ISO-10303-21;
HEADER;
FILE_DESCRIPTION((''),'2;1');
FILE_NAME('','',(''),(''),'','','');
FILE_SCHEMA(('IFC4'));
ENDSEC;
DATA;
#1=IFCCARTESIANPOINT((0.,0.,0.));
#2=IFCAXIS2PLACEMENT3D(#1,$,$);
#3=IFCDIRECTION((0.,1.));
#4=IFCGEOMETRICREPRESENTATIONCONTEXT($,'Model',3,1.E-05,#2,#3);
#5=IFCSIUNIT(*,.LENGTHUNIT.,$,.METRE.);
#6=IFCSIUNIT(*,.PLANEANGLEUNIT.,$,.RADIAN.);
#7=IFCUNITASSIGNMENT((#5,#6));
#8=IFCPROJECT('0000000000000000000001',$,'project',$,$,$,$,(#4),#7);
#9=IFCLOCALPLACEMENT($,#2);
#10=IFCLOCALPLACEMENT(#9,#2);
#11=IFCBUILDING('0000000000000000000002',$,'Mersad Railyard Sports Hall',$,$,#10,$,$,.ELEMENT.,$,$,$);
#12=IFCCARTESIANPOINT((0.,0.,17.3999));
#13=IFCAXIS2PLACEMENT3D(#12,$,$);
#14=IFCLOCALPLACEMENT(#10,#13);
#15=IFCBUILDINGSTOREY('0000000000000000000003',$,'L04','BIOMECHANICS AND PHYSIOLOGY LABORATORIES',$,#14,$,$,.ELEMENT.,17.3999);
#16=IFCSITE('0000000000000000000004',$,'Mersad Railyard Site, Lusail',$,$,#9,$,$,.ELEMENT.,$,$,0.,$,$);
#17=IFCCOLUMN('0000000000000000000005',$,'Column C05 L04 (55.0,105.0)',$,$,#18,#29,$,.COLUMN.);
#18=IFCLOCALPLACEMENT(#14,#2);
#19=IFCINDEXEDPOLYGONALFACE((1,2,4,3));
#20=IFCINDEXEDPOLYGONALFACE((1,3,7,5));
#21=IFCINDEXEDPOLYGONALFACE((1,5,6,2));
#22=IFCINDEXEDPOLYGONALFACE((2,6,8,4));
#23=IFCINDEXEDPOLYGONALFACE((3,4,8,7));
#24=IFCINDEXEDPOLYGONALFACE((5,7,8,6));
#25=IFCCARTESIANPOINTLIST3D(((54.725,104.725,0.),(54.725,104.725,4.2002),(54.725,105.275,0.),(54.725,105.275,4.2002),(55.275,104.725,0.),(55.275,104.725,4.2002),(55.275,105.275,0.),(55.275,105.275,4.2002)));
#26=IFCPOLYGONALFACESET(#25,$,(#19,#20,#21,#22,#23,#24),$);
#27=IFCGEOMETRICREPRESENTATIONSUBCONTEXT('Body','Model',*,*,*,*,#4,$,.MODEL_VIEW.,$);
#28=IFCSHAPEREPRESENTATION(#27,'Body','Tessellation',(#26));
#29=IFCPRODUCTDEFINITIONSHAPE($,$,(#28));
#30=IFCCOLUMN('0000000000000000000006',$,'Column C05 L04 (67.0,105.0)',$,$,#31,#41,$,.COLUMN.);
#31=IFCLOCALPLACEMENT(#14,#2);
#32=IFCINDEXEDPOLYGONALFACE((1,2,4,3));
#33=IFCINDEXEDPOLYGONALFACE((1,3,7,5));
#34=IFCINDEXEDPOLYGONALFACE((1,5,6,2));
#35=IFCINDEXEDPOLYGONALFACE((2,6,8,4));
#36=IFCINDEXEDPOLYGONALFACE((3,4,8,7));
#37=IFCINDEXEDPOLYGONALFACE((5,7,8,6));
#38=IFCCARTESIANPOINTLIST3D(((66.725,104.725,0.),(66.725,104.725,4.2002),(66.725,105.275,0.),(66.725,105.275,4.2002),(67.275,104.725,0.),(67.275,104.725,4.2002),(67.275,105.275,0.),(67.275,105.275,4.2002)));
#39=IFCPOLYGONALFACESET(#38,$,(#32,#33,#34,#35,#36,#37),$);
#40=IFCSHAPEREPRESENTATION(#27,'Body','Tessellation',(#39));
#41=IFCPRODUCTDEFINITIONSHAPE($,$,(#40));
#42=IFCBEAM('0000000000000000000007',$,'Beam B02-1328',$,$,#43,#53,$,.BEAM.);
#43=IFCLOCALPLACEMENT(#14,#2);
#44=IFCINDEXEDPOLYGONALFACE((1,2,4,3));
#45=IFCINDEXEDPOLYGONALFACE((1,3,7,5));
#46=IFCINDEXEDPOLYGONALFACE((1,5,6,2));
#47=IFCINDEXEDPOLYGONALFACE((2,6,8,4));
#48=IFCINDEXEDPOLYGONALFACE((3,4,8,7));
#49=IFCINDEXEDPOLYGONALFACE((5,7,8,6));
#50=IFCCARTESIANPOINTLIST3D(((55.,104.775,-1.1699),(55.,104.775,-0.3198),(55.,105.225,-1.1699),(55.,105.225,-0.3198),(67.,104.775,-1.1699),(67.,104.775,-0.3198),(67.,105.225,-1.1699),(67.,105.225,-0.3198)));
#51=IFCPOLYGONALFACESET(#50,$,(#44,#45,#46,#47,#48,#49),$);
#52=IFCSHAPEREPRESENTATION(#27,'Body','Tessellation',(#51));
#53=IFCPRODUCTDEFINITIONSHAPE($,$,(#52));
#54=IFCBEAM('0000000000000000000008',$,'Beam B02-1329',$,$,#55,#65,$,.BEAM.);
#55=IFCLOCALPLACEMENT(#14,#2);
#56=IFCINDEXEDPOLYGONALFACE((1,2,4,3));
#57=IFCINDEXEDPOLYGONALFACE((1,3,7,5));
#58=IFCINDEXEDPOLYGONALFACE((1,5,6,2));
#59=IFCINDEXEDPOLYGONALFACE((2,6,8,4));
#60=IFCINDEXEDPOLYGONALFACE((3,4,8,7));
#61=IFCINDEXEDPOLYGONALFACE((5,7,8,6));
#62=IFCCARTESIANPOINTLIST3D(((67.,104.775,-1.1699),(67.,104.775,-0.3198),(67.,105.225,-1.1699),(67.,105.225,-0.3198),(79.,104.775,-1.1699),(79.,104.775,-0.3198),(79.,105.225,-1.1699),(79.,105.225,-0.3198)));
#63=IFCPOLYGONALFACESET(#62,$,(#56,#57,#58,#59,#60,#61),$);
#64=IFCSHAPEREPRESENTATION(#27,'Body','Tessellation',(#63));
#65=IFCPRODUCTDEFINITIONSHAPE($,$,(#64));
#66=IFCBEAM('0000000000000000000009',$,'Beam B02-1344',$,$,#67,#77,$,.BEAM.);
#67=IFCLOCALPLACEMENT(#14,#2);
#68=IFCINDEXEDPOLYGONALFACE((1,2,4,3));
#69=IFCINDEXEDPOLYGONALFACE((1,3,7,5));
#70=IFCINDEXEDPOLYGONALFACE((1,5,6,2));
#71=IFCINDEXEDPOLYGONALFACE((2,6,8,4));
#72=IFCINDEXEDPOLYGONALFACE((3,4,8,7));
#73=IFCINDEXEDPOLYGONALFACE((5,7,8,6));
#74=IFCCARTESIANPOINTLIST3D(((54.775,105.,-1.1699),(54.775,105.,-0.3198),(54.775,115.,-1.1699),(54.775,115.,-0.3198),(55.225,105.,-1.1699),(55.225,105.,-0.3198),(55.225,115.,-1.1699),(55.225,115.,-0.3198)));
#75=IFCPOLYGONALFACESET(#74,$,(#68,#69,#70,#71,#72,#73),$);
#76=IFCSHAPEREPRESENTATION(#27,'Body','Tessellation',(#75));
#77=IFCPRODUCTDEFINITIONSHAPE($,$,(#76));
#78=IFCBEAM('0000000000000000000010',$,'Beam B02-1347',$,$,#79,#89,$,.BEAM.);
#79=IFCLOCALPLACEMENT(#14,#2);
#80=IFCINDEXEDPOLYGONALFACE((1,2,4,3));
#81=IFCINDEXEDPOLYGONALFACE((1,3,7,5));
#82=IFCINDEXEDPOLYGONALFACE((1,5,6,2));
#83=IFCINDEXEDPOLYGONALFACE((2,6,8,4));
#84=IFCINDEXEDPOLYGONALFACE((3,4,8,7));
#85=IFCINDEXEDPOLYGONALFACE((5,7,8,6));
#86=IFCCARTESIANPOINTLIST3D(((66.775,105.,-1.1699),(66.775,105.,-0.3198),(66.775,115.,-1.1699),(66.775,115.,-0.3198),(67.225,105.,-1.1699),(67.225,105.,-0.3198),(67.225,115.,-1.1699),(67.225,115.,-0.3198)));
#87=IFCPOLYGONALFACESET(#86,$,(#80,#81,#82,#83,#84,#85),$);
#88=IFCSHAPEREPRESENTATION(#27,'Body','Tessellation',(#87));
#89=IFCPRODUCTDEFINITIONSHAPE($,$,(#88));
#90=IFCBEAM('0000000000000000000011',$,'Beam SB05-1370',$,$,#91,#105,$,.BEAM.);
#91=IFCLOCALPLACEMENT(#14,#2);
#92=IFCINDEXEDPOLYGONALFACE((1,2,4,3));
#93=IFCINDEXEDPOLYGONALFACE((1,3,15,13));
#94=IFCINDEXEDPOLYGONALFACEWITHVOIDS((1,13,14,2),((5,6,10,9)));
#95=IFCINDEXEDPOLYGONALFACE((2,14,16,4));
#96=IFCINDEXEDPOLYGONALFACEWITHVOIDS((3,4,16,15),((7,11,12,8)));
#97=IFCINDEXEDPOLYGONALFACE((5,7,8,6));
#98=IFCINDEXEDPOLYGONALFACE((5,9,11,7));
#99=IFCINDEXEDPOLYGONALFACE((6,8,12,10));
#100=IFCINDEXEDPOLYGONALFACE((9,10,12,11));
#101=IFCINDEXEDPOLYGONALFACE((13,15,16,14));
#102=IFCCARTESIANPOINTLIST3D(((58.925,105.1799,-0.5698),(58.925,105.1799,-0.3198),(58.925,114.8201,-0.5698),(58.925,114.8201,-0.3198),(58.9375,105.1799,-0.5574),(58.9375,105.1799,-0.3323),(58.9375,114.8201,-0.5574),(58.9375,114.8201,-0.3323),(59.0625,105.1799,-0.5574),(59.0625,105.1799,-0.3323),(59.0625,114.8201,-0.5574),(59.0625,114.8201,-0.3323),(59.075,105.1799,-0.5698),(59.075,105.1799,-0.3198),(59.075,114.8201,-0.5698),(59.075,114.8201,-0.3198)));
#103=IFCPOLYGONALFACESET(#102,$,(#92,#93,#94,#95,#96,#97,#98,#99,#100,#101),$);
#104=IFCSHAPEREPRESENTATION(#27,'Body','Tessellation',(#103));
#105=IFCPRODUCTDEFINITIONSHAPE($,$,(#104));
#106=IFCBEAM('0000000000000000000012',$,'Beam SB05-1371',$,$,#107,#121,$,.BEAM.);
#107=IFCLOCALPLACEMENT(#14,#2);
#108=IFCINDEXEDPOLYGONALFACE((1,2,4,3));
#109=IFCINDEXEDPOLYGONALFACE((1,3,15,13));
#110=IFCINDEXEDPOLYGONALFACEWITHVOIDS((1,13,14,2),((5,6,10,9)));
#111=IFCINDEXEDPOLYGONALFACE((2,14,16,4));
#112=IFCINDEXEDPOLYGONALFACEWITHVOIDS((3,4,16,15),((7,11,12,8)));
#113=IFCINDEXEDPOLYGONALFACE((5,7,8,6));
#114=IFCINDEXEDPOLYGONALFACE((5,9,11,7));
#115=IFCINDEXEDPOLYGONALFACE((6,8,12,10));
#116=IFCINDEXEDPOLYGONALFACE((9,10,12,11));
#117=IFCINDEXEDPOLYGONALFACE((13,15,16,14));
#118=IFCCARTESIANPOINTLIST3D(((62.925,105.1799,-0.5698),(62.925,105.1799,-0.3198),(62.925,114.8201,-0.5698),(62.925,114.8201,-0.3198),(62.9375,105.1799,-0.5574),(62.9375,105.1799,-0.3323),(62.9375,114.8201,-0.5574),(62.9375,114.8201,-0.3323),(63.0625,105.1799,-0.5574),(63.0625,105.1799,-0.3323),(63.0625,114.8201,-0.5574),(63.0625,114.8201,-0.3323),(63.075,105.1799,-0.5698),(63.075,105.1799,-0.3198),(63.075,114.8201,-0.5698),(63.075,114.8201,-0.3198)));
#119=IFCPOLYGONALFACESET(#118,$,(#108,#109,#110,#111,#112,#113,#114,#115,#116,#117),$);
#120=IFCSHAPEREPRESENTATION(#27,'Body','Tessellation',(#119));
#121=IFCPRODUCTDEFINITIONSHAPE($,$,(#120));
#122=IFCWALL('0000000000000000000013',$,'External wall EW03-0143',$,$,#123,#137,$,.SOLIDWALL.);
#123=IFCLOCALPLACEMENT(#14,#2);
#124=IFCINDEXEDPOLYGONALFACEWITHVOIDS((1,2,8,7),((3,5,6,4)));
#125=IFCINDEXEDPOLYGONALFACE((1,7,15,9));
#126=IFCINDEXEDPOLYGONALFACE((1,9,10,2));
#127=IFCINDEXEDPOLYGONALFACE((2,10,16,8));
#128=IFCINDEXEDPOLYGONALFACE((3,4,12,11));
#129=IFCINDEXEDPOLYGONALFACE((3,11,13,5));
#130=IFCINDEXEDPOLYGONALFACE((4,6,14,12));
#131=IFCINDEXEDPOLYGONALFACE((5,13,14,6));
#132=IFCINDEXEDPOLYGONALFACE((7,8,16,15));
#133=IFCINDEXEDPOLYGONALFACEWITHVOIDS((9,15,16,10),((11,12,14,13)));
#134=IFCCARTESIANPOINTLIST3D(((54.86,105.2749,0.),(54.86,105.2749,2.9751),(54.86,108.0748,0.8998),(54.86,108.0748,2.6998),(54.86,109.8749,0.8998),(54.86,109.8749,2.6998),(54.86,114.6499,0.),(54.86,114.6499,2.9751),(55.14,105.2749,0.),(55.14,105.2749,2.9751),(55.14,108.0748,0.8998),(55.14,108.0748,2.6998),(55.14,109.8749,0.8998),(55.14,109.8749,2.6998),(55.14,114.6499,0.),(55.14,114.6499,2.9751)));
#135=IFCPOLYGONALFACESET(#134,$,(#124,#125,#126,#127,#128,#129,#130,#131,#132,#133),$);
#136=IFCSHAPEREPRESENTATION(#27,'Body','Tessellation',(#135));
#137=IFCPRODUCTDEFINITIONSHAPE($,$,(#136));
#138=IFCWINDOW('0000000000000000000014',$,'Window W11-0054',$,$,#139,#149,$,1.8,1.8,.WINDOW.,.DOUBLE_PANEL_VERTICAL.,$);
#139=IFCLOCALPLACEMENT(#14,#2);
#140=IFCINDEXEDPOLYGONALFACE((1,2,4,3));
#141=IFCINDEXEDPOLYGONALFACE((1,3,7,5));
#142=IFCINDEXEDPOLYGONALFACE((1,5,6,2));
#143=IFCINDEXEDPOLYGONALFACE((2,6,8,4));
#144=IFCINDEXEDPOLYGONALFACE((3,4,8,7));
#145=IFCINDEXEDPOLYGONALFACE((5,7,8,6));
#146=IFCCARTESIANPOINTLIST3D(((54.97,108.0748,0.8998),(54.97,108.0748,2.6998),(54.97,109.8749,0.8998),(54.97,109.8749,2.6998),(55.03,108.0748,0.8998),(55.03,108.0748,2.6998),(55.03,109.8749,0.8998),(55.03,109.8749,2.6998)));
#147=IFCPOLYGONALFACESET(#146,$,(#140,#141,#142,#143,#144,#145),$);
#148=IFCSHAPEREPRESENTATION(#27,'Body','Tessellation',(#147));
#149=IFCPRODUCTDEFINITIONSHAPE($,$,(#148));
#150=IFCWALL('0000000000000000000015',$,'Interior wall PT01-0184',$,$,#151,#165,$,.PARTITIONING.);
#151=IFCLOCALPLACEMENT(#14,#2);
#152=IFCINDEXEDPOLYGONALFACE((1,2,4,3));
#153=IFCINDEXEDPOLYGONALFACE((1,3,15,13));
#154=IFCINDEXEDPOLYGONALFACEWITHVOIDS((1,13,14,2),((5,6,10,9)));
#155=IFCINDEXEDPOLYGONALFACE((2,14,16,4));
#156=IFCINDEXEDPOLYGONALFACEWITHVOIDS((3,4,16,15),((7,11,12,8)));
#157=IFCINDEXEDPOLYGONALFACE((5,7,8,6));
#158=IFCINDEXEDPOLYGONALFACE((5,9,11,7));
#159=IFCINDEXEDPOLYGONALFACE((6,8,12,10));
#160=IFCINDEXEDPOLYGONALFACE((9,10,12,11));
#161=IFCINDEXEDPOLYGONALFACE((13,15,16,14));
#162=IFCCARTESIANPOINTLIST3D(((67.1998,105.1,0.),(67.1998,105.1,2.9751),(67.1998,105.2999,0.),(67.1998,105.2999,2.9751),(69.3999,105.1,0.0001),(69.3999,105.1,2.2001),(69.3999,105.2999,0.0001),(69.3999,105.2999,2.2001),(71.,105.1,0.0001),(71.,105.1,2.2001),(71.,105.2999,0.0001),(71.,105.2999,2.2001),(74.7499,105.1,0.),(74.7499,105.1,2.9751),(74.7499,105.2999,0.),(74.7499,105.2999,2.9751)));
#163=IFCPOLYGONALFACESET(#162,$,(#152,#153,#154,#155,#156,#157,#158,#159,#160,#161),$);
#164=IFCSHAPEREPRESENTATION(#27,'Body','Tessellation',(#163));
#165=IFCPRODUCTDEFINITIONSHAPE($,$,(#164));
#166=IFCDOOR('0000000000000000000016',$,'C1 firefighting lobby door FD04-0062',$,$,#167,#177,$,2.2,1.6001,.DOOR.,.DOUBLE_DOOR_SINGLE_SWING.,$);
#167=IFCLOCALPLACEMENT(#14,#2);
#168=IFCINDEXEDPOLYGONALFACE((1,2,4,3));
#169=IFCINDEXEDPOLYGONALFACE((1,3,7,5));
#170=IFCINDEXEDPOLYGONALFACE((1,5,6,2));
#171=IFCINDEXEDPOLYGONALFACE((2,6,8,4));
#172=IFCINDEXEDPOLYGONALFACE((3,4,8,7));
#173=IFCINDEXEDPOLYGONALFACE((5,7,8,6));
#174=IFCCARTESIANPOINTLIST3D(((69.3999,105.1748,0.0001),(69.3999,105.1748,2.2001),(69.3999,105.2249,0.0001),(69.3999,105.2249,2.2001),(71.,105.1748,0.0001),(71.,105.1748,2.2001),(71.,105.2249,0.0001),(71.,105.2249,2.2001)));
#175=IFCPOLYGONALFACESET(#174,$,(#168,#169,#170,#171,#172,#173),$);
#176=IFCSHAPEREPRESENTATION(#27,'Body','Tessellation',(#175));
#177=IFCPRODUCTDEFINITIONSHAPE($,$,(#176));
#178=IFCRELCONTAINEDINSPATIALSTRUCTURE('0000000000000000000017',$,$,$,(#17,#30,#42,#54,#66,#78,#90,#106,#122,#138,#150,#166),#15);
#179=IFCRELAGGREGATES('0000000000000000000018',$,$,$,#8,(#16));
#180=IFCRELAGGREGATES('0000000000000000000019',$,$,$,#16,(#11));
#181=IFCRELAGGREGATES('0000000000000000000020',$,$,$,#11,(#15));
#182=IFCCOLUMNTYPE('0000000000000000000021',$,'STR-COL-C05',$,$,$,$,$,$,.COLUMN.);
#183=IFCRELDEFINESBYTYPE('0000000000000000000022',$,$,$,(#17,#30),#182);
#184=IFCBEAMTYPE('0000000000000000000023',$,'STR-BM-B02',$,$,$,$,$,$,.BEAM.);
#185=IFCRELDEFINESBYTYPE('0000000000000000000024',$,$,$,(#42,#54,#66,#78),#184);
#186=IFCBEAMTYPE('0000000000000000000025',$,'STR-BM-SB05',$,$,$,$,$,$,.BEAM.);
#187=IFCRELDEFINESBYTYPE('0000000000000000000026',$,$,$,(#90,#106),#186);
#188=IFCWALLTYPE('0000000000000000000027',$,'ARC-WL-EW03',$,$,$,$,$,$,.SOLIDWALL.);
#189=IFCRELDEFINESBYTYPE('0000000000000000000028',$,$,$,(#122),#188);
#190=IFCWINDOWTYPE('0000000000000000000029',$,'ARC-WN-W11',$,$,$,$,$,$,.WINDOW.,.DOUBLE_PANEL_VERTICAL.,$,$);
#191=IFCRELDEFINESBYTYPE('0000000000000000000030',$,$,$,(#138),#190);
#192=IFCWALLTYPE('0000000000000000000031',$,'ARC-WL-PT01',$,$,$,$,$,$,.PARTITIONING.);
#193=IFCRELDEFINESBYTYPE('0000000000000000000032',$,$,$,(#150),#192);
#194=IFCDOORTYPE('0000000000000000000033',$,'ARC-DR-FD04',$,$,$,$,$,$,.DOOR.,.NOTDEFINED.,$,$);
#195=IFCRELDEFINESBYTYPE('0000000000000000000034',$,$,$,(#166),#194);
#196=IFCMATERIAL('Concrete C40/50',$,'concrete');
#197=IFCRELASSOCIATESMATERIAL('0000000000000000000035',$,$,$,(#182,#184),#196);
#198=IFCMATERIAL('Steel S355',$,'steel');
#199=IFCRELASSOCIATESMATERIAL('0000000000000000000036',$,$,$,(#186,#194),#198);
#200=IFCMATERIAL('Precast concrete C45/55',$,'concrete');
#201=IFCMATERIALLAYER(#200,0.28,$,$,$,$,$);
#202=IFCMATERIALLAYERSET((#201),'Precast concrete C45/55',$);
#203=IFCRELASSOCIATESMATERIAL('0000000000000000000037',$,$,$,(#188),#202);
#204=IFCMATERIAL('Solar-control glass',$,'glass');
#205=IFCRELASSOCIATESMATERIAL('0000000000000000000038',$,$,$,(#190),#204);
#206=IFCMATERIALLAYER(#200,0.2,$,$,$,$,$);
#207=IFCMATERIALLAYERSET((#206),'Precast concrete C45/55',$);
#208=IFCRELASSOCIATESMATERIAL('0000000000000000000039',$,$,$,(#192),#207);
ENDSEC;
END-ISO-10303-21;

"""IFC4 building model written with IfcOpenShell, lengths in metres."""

from ifc_helpers import new_model, si_unit, direction, frame, frame_2d, origin, origin_2d, place, context, subcontext, project, spatial, rectangle, hollow_rectangle, extrude, material, layer, layer_set, material_profile, profile_set, type_object, element, fill, save


model = new_model("IFC4")

# Units and contexts
model_context = context("Model", 3, precision=1e-05, world=origin(), true_north=direction((0.0, 1.0)))
body_context = subcontext(model_context, "Body", "Model", "MODEL_VIEW")
ifc_project = project(units=[si_unit("LENGTHUNIT", "METRE"), si_unit("PLANEANGLEUNIT", "RADIAN")], contexts=[model_context])

# Site, building, storey
site_placement = place(None, origin())
site = spatial("IfcSite", under=ifc_project, at=site_placement, Name="Mersad Railyard Site, Lusail", CompositionType="ELEMENT", RefElevation=0.0)
building_placement = place(site_placement, origin())
building = spatial("IfcBuilding", under=site, at=building_placement, Name="Mersad Railyard Sports Hall", CompositionType="ELEMENT")
storey_placement = place(building_placement, frame((0.0, 0.0, 17.3999)))
storey = spatial("IfcBuildingStorey", under=building, at=storey_placement, Name="L04", Description="BIOMECHANICS AND PHYSIOLOGY LABORATORIES", CompositionType="ELEMENT", Elevation=17.3999)

# Columns
ifc_material_1 = material(Name="Concrete C40/50", Category="concrete")
ifc_material_profile_1 = material_profile(ifc_material_1, rectangle(XDim=0.55, YDim=0.55, at=origin_2d()), Name="RC 550x550")
ifc_profile_set_1 = profile_set([ifc_material_profile_1], Name="Concrete C40/50")
column_type = type_object("IfcColumnType", Name="STR-COL-C05", PredefinedType="COLUMN", material=ifc_profile_set_1)
for number, where, z_axis, x_axis, name in (
    (1, (55.0, 105.0, 0.0), (0.0, 0.0, 1.0), (1.0, 0.0, 0.0), "Column C05 L04 (55.0,105.0)"),
    (2, (67.0, 105.0, 0.0), (0.0, 0.0, 1.0), (1.0, 0.0, 0.0), "Column C05 L04 (67.0,105.0)"),
):
    element("IfcColumn", number, at=place(storey_placement, frame(where, z_axis=z_axis, x_axis=x_axis)), inside=storey, type_object=column_type, Name=name, PredefinedType="COLUMN", context=body_context, shape_type="SweptSolid", body=[
        extrude(rectangle(XDim=0.55, YDim=0.55, at=origin_2d()), origin(), (0.0, 0.0, 1.0), 4.2002),
    ])

# Beams
ifc_material_profile_2 = material_profile(ifc_material_1, rectangle(XDim=0.45, YDim=0.8501, at=origin_2d()), Name="RC 450x850")
ifc_profile_set_2 = profile_set([ifc_material_profile_2], Name="Concrete C40/50")
beam_type_1 = type_object("IfcBeamType", Name="STR-BM-B02", PredefinedType="BEAM", material=ifc_profile_set_2)
for number, where, z_axis, x_axis, name in (
    (3, (55.0, 105.0, -0.7449), (1.0, 0.0, 0.0), (0.0, 1.0, 0.0), "Beam B02-1328"),
    (4, (67.0, 105.0, -0.7449), (1.0, 0.0, 0.0), (0.0, 1.0, 0.0), "Beam B02-1329"),
):
    element("IfcBeam", number, at=place(storey_placement, frame(where, z_axis=z_axis, x_axis=x_axis)), inside=storey, type_object=beam_type_1, Name=name, PredefinedType="BEAM", context=body_context, shape_type="SweptSolid", body=[
        extrude(rectangle(XDim=0.45, YDim=0.8501, at=origin_2d()), origin(), (0.0, 0.0, 1.0), 12.0),
    ])
for number, where, z_axis, x_axis, name in (
    (5, (55.0, 105.0, -0.7449), (0.0, 1.0, 0.0), (-1.0, 0.0, 0.0), "Beam B02-1344"),
    (6, (67.0, 105.0, -0.7449), (0.0, 1.0, 0.0), (-1.0, 0.0, 0.0), "Beam B02-1347"),
):
    element("IfcBeam", number, at=place(storey_placement, frame(where, z_axis=z_axis, x_axis=x_axis)), inside=storey, type_object=beam_type_1, Name=name, PredefinedType="BEAM", context=body_context, shape_type="SweptSolid", body=[
        extrude(rectangle(XDim=0.45, YDim=0.8501, at=origin_2d()), origin(), (0.0, 0.0, 1.0), 10.0),
    ])
ifc_material_2 = material(Name="Steel S355", Category="steel")
ifc_material_profile_3 = material_profile(ifc_material_2, hollow_rectangle(XDim=0.1499, YDim=0.25, WallThickness=0.0125, at=origin_2d()), Name="RHS 250x150x12.5")
ifc_profile_set_3 = profile_set([ifc_material_profile_3], Name="Steel S355")
beam_type_2 = type_object("IfcBeamType", Name="STR-BM-SB05", PredefinedType="BEAM", material=ifc_profile_set_3)
for number, where, z_axis, x_axis, name in (
    (7, (59.0, 105.1799, -0.4448), (0.0, 1.0, 0.0), (-1.0, 0.0, 0.0), "Beam SB05-1370"),
    (8, (63.0, 105.1799, -0.4448), (0.0, 1.0, 0.0), (-1.0, 0.0, 0.0), "Beam SB05-1371"),
):
    element("IfcBeam", number, at=place(storey_placement, frame(where, z_axis=z_axis, x_axis=x_axis)), inside=storey, type_object=beam_type_2, Name=name, PredefinedType="BEAM", context=body_context, shape_type="SweptSolid", body=[
        extrude(hollow_rectangle(XDim=0.1499, YDim=0.25, WallThickness=0.0125, at=origin_2d()), origin(), (0.0, 0.0, 1.0), 9.6401),
    ])

# Wall, opening, window
ifc_material_3 = material(Name="Precast concrete C45/55", Category="concrete")
ifc_layer_1 = layer(ifc_material_3, 0.28)
ifc_layer_set_1 = layer_set([ifc_layer_1], Name="Precast concrete C45/55")
wall_type_1 = type_object("IfcWallType", Name="ARC-WL-EW03", PredefinedType="SOLIDWALL", material=ifc_layer_set_1)
wall_1_placement = place(storey_placement, frame((55.0, 105.2749, 0.0), z_axis=(0.0, 0.0, 1.0), x_axis=(0.0, 1.0, 0.0)))
wall_1 = element("IfcWall", 9, at=wall_1_placement, inside=storey, type_object=wall_type_1, Name="External wall EW03-0143", PredefinedType="SOLIDWALL", context=body_context, shape_type="SweptSolid", body=[
    extrude(rectangle(XDim=9.375, YDim=0.28, at=frame_2d((4.6875, 0.0))), origin(), (0.0, 0.0, 1.0), 2.9751),
])
opening_1_placement = place(wall_1_placement, frame((2.8, 0.0, 0.8999)))
opening_1 = element("IfcOpeningElement", 10, at=opening_1_placement, cuts=wall_1, PredefinedType="OPENING", context=body_context, shape_type="SweptSolid", body=[
    extrude(rectangle(XDim=1.8, YDim=1.8, at=frame_2d((0.8999, 0.8999))), frame((0.0, 0.1499, 0.0), z_axis=(0.0, -1.0, 0.0), x_axis=(1.0, 0.0, 0.0)), (0.0, 0.0, 1.0), 0.3),
])
ifc_material_4 = material(Name="Solar-control glass", Category="glass")
window_type = type_object("IfcWindowType", Name="ARC-WN-W11", PartitioningType="DOUBLE_PANEL_VERTICAL", PredefinedType="WINDOW", material=ifc_material_4)
window_placement = place(opening_1_placement, origin())
window = element("IfcWindow", 11, at=window_placement, inside=storey, type_object=window_type, Name="Window W11-0054", OverallHeight=1.8, OverallWidth=1.8, PartitioningType="DOUBLE_PANEL_VERTICAL", PredefinedType="WINDOW", context=body_context, shape_type="SweptSolid", body=[
    extrude(rectangle(XDim=1.8, YDim=1.8, at=frame_2d((0.8999, 0.8999))), frame((0.0, 0.03, 0.0), z_axis=(0.0, -1.0, 0.0), x_axis=(1.0, 0.0, 0.0)), (0.0, 0.0, 1.0), 0.0601),
])
fill(opening_1, window)

# Wall, opening, door
ifc_layer_2 = layer(ifc_material_3, 0.2)
ifc_layer_set_2 = layer_set([ifc_layer_2], Name="Precast concrete C45/55")
wall_type_2 = type_object("IfcWallType", Name="ARC-WL-PT01", PredefinedType="PARTITIONING", material=ifc_layer_set_2)
wall_2_placement = place(storey_placement, frame((67.2, 105.2, 0.0), z_axis=(0.0, 0.0, 1.0), x_axis=(1.0, 0.0, 0.0)))
wall_2 = element("IfcWall", 12, at=wall_2_placement, inside=storey, type_object=wall_type_2, Name="Interior wall PT01-0184", PredefinedType="PARTITIONING", context=body_context, shape_type="SweptSolid", body=[
    extrude(rectangle(XDim=7.55, YDim=0.2, at=frame_2d((3.7749, 0.0))), origin(), (0.0, 0.0, 1.0), 2.9751),
])
opening_2_placement = place(wall_2_placement, frame((2.2, 0.0, 0.0)))
opening_2 = element("IfcOpeningElement", 13, at=opening_2_placement, cuts=wall_2, PredefinedType="OPENING", context=body_context, shape_type="SweptSolid", body=[
    extrude(rectangle(XDim=1.6001, YDim=2.2, at=frame_2d((0.8, 1.1001))), frame((0.0, 0.1099, 0.0), z_axis=(0.0, -1.0, 0.0), x_axis=(1.0, 0.0, 0.0)), (0.0, 0.0, 1.0), 0.22),
])
door_type_1 = type_object("IfcDoorType", Name="ARC-DR-FD04", OperationType="NOTDEFINED", PredefinedType="DOOR", material=ifc_material_2)
door_1_placement = place(opening_2_placement, origin())
door_1 = element("IfcDoor", 14, at=door_1_placement, inside=storey, type_object=door_type_1, Name="C1 firefighting lobby door FD04-0062", OperationType="DOUBLE_DOOR_SINGLE_SWING", OverallHeight=2.2, OverallWidth=1.6001, PredefinedType="DOOR", context=body_context, shape_type="SweptSolid", body=[
    extrude(rectangle(XDim=1.6001, YDim=2.2, at=frame_2d((0.8, 1.1001))), frame((0.0, 0.0249, 0.0), z_axis=(0.0, -1.0, 0.0), x_axis=(1.0, 0.0, 0.0)), (0.0, 0.0, 1.0), 0.05),
])
fill(opening_2, door_1)

save(model, "model.ifc")
